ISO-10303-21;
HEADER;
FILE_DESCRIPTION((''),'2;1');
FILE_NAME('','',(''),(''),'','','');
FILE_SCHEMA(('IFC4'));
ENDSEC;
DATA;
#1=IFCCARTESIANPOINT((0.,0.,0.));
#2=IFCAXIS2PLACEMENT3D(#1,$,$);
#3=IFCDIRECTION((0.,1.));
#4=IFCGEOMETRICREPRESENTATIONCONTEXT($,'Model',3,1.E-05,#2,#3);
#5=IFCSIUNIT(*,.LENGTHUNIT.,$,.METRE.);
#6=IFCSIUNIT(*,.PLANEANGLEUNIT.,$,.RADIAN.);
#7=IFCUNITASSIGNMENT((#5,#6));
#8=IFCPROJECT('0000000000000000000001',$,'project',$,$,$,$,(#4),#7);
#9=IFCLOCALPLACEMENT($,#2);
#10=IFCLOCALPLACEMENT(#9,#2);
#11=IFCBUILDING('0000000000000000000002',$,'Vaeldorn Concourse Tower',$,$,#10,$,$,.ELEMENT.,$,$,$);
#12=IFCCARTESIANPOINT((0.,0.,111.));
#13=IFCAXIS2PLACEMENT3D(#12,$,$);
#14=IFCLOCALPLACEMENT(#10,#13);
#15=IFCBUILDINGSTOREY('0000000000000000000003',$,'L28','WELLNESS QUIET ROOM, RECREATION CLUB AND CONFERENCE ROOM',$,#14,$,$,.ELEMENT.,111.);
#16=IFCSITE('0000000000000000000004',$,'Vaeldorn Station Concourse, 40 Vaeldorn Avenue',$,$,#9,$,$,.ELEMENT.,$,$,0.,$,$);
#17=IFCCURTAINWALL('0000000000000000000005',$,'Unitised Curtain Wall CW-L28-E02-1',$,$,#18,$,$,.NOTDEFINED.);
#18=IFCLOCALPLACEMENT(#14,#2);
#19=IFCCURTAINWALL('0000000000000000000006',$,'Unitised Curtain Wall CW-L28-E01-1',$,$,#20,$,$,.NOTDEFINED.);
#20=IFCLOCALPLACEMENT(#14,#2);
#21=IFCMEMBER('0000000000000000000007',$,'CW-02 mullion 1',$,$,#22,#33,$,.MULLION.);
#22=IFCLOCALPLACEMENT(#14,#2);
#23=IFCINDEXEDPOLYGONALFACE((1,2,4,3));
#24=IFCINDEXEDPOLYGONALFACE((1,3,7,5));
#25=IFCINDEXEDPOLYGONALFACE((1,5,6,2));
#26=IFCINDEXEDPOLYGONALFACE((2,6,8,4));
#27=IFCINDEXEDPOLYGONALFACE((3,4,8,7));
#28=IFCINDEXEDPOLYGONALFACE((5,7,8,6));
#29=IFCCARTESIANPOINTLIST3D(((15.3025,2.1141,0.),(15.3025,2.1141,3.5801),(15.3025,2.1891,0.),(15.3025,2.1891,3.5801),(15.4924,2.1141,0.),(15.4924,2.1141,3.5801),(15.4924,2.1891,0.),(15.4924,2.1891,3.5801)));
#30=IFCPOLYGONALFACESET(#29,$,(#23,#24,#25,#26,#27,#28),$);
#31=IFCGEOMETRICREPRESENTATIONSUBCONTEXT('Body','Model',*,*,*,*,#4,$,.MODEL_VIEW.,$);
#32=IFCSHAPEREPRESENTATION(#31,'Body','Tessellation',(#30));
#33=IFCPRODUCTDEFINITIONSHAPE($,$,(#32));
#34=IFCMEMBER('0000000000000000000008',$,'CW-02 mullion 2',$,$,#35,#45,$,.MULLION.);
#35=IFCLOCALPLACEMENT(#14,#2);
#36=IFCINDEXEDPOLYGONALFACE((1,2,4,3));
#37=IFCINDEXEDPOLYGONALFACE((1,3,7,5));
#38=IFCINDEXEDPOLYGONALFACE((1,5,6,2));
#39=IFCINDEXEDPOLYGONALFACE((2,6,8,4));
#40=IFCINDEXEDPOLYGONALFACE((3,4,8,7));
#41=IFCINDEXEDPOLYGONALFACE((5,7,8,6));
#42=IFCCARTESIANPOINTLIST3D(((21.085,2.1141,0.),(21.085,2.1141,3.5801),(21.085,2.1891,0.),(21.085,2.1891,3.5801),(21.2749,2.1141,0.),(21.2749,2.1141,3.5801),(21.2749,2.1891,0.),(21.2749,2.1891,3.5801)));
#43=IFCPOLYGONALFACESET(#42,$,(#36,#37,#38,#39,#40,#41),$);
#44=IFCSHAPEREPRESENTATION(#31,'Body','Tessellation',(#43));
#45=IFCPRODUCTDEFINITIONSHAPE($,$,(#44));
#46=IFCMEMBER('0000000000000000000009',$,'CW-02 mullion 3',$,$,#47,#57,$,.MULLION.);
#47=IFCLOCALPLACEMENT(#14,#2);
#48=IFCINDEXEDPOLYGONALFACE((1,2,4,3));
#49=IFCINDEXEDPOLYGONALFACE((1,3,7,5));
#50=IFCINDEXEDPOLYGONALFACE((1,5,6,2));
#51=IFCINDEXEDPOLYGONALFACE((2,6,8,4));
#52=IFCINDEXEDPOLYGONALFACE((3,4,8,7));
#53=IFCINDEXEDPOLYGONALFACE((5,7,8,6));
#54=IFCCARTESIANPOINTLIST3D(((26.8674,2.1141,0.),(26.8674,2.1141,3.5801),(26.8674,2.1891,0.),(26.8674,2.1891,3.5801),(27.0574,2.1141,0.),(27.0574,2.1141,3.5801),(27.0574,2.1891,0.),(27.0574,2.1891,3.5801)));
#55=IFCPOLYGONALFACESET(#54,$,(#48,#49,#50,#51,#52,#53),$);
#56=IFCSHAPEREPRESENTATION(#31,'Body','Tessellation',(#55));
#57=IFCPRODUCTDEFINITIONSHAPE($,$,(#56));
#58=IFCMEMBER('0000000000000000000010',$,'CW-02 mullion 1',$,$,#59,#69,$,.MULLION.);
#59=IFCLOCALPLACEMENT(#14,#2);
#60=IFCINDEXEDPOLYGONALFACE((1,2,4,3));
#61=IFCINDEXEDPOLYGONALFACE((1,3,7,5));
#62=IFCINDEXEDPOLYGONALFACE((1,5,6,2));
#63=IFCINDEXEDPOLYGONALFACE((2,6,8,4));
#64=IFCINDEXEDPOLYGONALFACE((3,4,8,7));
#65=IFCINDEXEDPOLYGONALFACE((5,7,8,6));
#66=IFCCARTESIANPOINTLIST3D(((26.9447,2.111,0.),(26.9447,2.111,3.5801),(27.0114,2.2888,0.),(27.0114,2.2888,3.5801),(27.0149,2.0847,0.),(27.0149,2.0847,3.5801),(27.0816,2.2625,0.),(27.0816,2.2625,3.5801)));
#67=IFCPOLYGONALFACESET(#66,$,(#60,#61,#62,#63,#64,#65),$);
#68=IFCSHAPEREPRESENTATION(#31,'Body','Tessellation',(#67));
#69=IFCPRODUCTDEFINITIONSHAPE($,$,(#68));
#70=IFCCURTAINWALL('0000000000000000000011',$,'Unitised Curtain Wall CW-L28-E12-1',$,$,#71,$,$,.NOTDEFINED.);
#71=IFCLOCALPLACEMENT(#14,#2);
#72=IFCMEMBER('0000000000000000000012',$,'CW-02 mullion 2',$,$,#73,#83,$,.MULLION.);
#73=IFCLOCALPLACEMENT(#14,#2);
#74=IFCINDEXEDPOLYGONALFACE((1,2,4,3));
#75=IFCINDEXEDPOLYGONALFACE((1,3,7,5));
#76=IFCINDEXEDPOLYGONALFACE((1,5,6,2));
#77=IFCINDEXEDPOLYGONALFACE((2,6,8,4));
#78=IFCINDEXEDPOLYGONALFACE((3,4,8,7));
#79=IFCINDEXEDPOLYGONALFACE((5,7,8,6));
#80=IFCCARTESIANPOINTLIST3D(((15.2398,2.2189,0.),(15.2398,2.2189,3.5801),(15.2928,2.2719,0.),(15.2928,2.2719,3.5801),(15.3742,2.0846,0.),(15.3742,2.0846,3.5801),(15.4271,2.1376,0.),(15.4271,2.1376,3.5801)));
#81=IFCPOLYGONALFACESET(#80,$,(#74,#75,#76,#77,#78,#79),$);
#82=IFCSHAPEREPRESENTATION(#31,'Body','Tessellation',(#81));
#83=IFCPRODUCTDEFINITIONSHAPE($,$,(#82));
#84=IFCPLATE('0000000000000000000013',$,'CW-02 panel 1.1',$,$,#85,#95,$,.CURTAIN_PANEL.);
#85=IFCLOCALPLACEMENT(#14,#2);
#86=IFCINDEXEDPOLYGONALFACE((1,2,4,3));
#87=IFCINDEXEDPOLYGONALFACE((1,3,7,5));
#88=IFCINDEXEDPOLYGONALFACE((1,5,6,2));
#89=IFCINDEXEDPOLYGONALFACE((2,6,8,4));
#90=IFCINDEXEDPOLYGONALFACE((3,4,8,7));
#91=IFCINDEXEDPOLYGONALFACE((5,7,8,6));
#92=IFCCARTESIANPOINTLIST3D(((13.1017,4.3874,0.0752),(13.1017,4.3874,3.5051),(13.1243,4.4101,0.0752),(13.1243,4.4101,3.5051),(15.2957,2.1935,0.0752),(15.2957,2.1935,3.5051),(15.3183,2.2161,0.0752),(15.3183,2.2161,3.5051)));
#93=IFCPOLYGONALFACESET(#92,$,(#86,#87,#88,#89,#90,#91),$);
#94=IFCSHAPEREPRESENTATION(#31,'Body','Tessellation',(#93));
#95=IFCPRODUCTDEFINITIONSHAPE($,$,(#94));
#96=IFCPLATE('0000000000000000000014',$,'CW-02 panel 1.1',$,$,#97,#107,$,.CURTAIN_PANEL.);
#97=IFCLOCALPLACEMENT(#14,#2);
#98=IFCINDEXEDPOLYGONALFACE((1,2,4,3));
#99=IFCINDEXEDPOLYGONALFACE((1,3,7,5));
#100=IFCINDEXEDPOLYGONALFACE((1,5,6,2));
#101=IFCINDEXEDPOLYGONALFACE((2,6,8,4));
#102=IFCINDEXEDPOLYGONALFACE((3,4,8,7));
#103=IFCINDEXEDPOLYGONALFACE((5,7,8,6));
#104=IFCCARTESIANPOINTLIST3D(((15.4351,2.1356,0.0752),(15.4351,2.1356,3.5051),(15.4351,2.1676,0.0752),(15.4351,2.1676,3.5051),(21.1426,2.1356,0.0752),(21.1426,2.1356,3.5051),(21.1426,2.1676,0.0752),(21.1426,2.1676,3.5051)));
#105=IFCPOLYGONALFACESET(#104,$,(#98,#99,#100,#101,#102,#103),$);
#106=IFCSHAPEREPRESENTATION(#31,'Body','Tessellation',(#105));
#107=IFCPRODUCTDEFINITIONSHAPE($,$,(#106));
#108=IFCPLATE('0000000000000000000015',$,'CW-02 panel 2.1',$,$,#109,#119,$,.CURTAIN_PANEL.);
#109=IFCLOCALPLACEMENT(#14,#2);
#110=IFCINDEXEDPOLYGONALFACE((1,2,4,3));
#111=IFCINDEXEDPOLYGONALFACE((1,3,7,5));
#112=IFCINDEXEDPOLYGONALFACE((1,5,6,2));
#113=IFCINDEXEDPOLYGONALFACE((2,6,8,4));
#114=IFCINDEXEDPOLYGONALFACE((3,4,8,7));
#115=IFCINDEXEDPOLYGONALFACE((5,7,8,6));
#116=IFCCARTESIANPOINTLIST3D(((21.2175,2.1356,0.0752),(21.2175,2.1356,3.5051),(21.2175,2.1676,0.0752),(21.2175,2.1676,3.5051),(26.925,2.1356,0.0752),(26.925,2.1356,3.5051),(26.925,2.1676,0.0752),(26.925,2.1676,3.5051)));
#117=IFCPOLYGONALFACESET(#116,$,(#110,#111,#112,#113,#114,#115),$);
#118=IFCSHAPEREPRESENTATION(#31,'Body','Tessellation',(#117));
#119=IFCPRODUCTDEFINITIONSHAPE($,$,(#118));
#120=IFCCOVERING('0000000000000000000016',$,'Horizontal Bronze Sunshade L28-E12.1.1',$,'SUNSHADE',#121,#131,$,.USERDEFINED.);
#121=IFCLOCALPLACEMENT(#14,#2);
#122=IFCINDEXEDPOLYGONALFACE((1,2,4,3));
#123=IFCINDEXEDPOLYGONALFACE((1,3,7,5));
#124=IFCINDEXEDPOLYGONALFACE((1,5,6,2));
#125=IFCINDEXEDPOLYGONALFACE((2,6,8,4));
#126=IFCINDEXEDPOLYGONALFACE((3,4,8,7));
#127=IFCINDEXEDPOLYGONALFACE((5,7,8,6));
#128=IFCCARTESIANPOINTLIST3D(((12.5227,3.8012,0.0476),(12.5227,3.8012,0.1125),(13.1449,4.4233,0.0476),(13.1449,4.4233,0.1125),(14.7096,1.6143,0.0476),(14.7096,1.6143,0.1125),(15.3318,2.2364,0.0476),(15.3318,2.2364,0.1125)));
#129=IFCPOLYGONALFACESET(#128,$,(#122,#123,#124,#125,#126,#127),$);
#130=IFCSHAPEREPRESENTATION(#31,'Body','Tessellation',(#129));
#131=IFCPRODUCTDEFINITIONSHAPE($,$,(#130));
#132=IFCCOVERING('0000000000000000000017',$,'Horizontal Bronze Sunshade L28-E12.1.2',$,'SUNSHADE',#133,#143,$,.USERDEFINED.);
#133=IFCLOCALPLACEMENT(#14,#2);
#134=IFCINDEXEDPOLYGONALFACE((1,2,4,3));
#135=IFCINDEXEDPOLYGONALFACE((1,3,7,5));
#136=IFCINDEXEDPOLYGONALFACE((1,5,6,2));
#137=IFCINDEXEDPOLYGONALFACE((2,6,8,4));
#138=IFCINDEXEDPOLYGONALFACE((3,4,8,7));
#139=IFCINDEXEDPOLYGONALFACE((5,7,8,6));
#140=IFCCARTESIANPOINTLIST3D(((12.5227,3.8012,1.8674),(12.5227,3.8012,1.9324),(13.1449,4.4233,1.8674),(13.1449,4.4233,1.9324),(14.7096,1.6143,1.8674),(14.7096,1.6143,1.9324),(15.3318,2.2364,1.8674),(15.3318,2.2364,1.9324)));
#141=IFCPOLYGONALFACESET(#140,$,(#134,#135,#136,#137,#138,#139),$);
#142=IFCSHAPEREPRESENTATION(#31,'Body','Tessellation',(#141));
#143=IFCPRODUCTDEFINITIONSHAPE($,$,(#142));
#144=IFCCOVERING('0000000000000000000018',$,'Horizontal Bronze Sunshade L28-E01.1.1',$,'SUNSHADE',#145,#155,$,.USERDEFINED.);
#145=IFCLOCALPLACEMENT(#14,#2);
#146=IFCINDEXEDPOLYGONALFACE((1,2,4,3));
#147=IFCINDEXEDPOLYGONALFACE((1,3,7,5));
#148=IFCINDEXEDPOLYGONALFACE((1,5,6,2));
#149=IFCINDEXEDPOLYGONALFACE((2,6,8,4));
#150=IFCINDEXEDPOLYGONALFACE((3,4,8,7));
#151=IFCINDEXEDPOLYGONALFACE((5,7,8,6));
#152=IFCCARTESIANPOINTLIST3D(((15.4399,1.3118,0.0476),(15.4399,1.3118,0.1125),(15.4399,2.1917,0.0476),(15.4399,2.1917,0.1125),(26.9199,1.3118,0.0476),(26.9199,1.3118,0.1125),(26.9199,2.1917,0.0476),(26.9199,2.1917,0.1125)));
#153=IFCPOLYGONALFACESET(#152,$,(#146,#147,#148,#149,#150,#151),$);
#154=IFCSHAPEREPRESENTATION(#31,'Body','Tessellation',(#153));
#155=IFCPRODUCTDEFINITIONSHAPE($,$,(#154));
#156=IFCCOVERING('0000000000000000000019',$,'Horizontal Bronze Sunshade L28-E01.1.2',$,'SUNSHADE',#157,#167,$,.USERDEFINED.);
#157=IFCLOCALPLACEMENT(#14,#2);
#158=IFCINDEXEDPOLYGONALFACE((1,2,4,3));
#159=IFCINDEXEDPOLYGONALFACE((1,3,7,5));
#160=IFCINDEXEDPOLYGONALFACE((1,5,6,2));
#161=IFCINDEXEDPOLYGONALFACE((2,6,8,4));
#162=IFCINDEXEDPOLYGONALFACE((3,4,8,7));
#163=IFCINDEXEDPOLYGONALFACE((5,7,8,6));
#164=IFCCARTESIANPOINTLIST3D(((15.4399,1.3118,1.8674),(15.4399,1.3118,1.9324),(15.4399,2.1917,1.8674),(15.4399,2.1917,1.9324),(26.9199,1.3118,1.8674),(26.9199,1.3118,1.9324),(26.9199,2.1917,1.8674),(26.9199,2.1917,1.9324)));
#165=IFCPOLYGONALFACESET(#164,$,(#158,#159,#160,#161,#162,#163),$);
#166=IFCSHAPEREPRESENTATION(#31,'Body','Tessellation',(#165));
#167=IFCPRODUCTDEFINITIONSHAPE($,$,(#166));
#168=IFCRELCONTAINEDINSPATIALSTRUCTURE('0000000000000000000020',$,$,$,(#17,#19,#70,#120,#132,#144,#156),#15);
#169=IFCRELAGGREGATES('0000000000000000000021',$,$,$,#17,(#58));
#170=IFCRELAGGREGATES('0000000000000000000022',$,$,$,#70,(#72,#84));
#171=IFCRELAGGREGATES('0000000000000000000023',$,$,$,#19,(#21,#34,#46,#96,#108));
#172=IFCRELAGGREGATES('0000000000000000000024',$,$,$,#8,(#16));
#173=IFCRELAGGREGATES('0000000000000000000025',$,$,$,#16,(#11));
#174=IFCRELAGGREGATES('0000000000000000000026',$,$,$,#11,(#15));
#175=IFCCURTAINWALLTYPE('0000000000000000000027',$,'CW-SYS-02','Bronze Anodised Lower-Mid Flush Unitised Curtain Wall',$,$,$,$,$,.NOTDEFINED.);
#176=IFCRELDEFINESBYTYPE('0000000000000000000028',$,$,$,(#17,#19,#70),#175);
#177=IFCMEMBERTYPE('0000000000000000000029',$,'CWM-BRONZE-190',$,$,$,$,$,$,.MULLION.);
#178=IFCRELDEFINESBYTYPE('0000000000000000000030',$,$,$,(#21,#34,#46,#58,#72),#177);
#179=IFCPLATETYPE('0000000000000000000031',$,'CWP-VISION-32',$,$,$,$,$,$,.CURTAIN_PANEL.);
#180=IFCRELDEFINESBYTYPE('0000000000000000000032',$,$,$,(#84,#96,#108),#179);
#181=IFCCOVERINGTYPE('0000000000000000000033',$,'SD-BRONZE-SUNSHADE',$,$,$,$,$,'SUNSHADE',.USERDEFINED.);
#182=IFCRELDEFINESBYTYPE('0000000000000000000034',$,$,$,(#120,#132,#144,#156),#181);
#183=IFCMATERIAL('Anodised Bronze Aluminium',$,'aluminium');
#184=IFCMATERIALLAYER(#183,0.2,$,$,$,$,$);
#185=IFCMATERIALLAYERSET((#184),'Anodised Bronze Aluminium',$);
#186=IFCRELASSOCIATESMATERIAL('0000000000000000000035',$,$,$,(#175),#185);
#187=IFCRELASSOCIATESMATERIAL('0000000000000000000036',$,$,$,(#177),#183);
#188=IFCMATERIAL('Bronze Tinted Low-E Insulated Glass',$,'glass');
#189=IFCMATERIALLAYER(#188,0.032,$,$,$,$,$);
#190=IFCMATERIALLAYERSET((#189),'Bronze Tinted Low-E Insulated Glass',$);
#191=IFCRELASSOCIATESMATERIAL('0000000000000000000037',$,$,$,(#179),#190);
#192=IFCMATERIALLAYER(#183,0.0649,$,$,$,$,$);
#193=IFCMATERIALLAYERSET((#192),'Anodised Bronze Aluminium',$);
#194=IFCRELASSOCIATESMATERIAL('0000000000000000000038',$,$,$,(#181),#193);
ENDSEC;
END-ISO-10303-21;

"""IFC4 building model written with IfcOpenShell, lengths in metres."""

from ifc_helpers import new_model, si_unit, direction, frame, origin, origin_2d, place, context, subcontext, project, spatial, rectangle, extrude, source, transform, mapped, material, layer, layer_set, material_profile, profile_set, type_object, element, aggregate, save


model = new_model("IFC4")

# Units and contexts
model_context = context("Model", 3, precision=1e-05, world=origin(), true_north=direction((0.0, 1.0)))
body_context = subcontext(model_context, "Body", "Model", "MODEL_VIEW")
ifc_project = project(units=[si_unit("LENGTHUNIT", "METRE"), si_unit("PLANEANGLEUNIT", "RADIAN")], contexts=[model_context])

# Site, building, storey
site_placement = place(None, origin())
site = spatial("IfcSite", under=ifc_project, at=site_placement, Name="Vaeldorn Station Concourse, 40 Vaeldorn Avenue", CompositionType="ELEMENT", RefElevation=0.0)
building_placement = place(site_placement, origin())
building = spatial("IfcBuilding", under=site, at=building_placement, Name="Vaeldorn Concourse Tower", CompositionType="ELEMENT")
storey_placement = place(building_placement, frame((0.0, 0.0, 111.0)))
storey = spatial("IfcBuildingStorey", under=building, at=storey_placement, Name="L28", Description="WELLNESS QUIET ROOM, RECREATION CLUB AND CONFERENCE ROOM", CompositionType="ELEMENT", Elevation=111.0)

# Curtain walls, members
ifc_material_1 = material(Name="Anodised Bronze Aluminium", Category="aluminium")
ifc_layer_1 = layer(ifc_material_1, 0.2)
ifc_layer_set_1 = layer_set([ifc_layer_1], Name="Anodised Bronze Aluminium")
curtain_wall_type = type_object("IfcCurtainWallType", Name="CW-SYS-02", Description="Bronze Anodised Lower-Mid Flush Unitised Curtain Wall", PredefinedType="NOTDEFINED", material=ifc_layer_set_1)
curtain_wall_1_placement = place(storey_placement, origin())
curtain_wall_1 = element("IfcCurtainWall", 1, at=curtain_wall_1_placement, inside=storey, type_object=curtain_wall_type, Name="Unitised Curtain Wall CW-L28-E02-1", PredefinedType="NOTDEFINED")
curtain_wall_2_placement = place(storey_placement, origin())
curtain_wall_2 = element("IfcCurtainWall", 2, at=curtain_wall_2_placement, inside=storey, type_object=curtain_wall_type, Name="Unitised Curtain Wall CW-L28-E01-1", PredefinedType="NOTDEFINED")
ifc_material_profile_1 = material_profile(ifc_material_1, rectangle(XDim=0.075, YDim=0.1899, at=origin_2d()), Name="CWM 75x190")
ifc_profile_set_1 = profile_set([ifc_material_profile_1], Name="Anodised Bronze Aluminium")
member_type_1 = type_object("IfcMemberType", Name="CWM-BRONZE-190", PredefinedType="MULLION", material=ifc_profile_set_1)
shared_shape_1 = source(origin(), body_context, "Body", "SweptSolid", [
    extrude(rectangle(XDim=0.075, YDim=0.1899, at=origin_2d()), origin(), (0.0, 0.0, 1.0), 3.5801),
])
member_1_placement = place(storey_placement, frame((15.3975, 2.1516, 0.0), z_axis=(0.0, 0.0, 1.0), x_axis=(0.0, 1.0, 0.0)))
member_1 = element("IfcMember", 3, at=member_1_placement, type_object=member_type_1, Name="CW-02 mullion 1", PredefinedType="MULLION", context=body_context, shape_type="MappedRepresentation", body=[
    mapped(shared_shape_1, transform((0.0, 0.0, 0.0), scale=1.0)),
])
member_2_placement = place(storey_placement, frame((21.1799, 2.1516, 0.0), z_axis=(0.0, 0.0, 1.0), x_axis=(0.0, 1.0, 0.0)))
member_2 = element("IfcMember", 4, at=member_2_placement, type_object=member_type_1, Name="CW-02 mullion 2", PredefinedType="MULLION", context=body_context, shape_type="MappedRepresentation", body=[
    mapped(shared_shape_1, transform((0.0, 0.0, 0.0), scale=1.0)),
])
member_3_placement = place(storey_placement, frame((26.9624, 2.1516, 0.0), z_axis=(0.0, 0.0, 1.0), x_axis=(0.0, 1.0, 0.0)))
member_3 = element("IfcMember", 5, at=member_3_placement, type_object=member_type_1, Name="CW-02 mullion 3", PredefinedType="MULLION", context=body_context, shape_type="MappedRepresentation", body=[
    mapped(shared_shape_1, transform((0.0, 0.0, 0.0), scale=1.0)),
])

# Member
member_4_placement = place(storey_placement, frame((27.0132, 2.1868, 0.0), z_axis=(0.0, 0.0, 1.0), x_axis=(-0.936329, 0.351123, 0.0)))
member_4 = element("IfcMember", 6, at=member_4_placement, type_object=member_type_1, Name="CW-02 mullion 1", PredefinedType="MULLION", context=body_context, shape_type="MappedRepresentation", body=[
    mapped(shared_shape_1, transform((0.0, 0.0, 0.0), scale=1.0)),
])
aggregate(curtain_wall_1, [member_4])

# Curtain wall, member, plate
curtain_wall_3_placement = place(storey_placement, origin())
curtain_wall_3 = element("IfcCurtainWall", 7, at=curtain_wall_3_placement, inside=storey, type_object=curtain_wall_type, Name="Unitised Curtain Wall CW-L28-E12-1", PredefinedType="NOTDEFINED")
member_5_placement = place(storey_placement, frame((15.3335, 2.1782, 0.0), z_axis=(0.0, 0.0, 1.0), x_axis=(0.707107, 0.707107, 0.0)))
member_5 = element("IfcMember", 8, at=member_5_placement, type_object=member_type_1, Name="CW-02 mullion 2", PredefinedType="MULLION", context=body_context, shape_type="MappedRepresentation", body=[
    mapped(shared_shape_1, transform((0.0, 0.0, 0.0), scale=1.0)),
])
ifc_material_2 = material(Name="Bronze Tinted Low-E Insulated Glass", Category="glass")
ifc_layer_2 = layer(ifc_material_2, 0.032)
ifc_layer_set_2 = layer_set([ifc_layer_2], Name="Bronze Tinted Low-E Insulated Glass")
plate_type = type_object("IfcPlateType", Name="CWP-VISION-32", PredefinedType="CURTAIN_PANEL", material=ifc_layer_set_2)
shared_shape_2 = source(origin(), body_context, "Body", "SweptSolid", [
    extrude(rectangle(XDim=3.1028, YDim=0.032, at=origin_2d()), origin(), (0.0, 0.0, 1.0), 3.4299),
])
plate_1_placement = place(storey_placement, frame((14.21, 3.3018, 0.0752), z_axis=(0.0, 0.0, 1.0), x_axis=(0.707107, -0.707107, 0.0)))
plate_1 = element("IfcPlate", 9, at=plate_1_placement, type_object=plate_type, Name="CW-02 panel 1.1", PredefinedType="CURTAIN_PANEL", context=body_context, shape_type="MappedRepresentation", body=[
    mapped(shared_shape_2, transform((0.0, 0.0, 0.0), scale=1.0)),
])
aggregate(curtain_wall_3, [member_5, plate_1])

# Plates
shared_shape_3 = source(origin(), body_context, "Body", "SweptSolid", [
    extrude(rectangle(XDim=5.7075, YDim=0.032, at=origin_2d()), origin(), (0.0, 0.0, 1.0), 3.4299),
])
plate_2_placement = place(storey_placement, frame((18.2888, 2.1516, 0.0752), z_axis=(0.0, 0.0, 1.0), x_axis=(1.0, 0.0, 0.0)))
plate_2 = element("IfcPlate", 10, at=plate_2_placement, type_object=plate_type, Name="CW-02 panel 1.1", PredefinedType="CURTAIN_PANEL", context=body_context, shape_type="MappedRepresentation", body=[
    mapped(shared_shape_3, transform((0.0, 0.0, 0.0), scale=1.0)),
])
plate_3_placement = place(storey_placement, frame((24.0713, 2.1516, 0.0752), z_axis=(0.0, 0.0, 1.0), x_axis=(1.0, 0.0, 0.0)))
plate_3 = element("IfcPlate", 11, at=plate_3_placement, type_object=plate_type, Name="CW-02 panel 2.1", PredefinedType="CURTAIN_PANEL", context=body_context, shape_type="MappedRepresentation", body=[
    mapped(shared_shape_3, transform((0.0, 0.0, 0.0), scale=1.0)),
])
aggregate(curtain_wall_2, [member_1, member_2, member_3, plate_2, plate_3])

# Coverings
ifc_layer_3 = layer(ifc_material_1, 0.0649)
ifc_layer_set_3 = layer_set([ifc_layer_3], Name="Anodised Bronze Aluminium")
covering_type = type_object("IfcCoveringType", Name="SD-BRONZE-SUNSHADE", ElementType="SUNSHADE", PredefinedType="USERDEFINED", material=ifc_layer_set_3)
shared_shape_4 = source(origin(), body_context, "Body", "SweptSolid", [
    extrude(rectangle(XDim=3.0928, YDim=0.8799, at=origin_2d()), origin(), (0.0, 0.0, 1.0), 0.0649),
])
for number, where, z_axis, x_axis, name in (
    (12, (13.9272, 3.0188, 0.0476), (0.0, 0.0, 1.0), (0.707107, -0.707107, 0.0), "Horizontal Bronze Sunshade L28-E12.1.1"),
    (13, (13.9272, 3.0188, 1.8674), (0.0, 0.0, 1.0), (0.707107, -0.707107, 0.0), "Horizontal Bronze Sunshade L28-E12.1.2"),
):
    element("IfcCovering", number, at=place(storey_placement, frame(where, z_axis=z_axis, x_axis=x_axis)), inside=storey, type_object=covering_type, Name=name, ObjectType="SUNSHADE", PredefinedType="USERDEFINED", context=body_context, shape_type="MappedRepresentation", body=[
        mapped(shared_shape_4, transform((0.0, 0.0, 0.0), scale=1.0)),
    ])
shared_shape_5 = source(origin(), body_context, "Body", "SweptSolid", [
    extrude(rectangle(XDim=11.48, YDim=0.8799, at=origin_2d()), origin(), (0.0, 0.0, 1.0), 0.0649),
])
for number, where, z_axis, x_axis, name in (
    (14, (21.1799, 1.7517, 0.0476), (0.0, 0.0, 1.0), (1.0, 0.0, 0.0), "Horizontal Bronze Sunshade L28-E01.1.1"),
    (15, (21.1799, 1.7517, 1.8674), (0.0, 0.0, 1.0), (1.0, 0.0, 0.0), "Horizontal Bronze Sunshade L28-E01.1.2"),
):
    element("IfcCovering", number, at=place(storey_placement, frame(where, z_axis=z_axis, x_axis=x_axis)), inside=storey, type_object=covering_type, Name=name, ObjectType="SUNSHADE", PredefinedType="USERDEFINED", context=body_context, shape_type="MappedRepresentation", body=[
        mapped(shared_shape_5, transform((0.0, 0.0, 0.0), scale=1.0)),
    ])

save(model, "model.ifc")
